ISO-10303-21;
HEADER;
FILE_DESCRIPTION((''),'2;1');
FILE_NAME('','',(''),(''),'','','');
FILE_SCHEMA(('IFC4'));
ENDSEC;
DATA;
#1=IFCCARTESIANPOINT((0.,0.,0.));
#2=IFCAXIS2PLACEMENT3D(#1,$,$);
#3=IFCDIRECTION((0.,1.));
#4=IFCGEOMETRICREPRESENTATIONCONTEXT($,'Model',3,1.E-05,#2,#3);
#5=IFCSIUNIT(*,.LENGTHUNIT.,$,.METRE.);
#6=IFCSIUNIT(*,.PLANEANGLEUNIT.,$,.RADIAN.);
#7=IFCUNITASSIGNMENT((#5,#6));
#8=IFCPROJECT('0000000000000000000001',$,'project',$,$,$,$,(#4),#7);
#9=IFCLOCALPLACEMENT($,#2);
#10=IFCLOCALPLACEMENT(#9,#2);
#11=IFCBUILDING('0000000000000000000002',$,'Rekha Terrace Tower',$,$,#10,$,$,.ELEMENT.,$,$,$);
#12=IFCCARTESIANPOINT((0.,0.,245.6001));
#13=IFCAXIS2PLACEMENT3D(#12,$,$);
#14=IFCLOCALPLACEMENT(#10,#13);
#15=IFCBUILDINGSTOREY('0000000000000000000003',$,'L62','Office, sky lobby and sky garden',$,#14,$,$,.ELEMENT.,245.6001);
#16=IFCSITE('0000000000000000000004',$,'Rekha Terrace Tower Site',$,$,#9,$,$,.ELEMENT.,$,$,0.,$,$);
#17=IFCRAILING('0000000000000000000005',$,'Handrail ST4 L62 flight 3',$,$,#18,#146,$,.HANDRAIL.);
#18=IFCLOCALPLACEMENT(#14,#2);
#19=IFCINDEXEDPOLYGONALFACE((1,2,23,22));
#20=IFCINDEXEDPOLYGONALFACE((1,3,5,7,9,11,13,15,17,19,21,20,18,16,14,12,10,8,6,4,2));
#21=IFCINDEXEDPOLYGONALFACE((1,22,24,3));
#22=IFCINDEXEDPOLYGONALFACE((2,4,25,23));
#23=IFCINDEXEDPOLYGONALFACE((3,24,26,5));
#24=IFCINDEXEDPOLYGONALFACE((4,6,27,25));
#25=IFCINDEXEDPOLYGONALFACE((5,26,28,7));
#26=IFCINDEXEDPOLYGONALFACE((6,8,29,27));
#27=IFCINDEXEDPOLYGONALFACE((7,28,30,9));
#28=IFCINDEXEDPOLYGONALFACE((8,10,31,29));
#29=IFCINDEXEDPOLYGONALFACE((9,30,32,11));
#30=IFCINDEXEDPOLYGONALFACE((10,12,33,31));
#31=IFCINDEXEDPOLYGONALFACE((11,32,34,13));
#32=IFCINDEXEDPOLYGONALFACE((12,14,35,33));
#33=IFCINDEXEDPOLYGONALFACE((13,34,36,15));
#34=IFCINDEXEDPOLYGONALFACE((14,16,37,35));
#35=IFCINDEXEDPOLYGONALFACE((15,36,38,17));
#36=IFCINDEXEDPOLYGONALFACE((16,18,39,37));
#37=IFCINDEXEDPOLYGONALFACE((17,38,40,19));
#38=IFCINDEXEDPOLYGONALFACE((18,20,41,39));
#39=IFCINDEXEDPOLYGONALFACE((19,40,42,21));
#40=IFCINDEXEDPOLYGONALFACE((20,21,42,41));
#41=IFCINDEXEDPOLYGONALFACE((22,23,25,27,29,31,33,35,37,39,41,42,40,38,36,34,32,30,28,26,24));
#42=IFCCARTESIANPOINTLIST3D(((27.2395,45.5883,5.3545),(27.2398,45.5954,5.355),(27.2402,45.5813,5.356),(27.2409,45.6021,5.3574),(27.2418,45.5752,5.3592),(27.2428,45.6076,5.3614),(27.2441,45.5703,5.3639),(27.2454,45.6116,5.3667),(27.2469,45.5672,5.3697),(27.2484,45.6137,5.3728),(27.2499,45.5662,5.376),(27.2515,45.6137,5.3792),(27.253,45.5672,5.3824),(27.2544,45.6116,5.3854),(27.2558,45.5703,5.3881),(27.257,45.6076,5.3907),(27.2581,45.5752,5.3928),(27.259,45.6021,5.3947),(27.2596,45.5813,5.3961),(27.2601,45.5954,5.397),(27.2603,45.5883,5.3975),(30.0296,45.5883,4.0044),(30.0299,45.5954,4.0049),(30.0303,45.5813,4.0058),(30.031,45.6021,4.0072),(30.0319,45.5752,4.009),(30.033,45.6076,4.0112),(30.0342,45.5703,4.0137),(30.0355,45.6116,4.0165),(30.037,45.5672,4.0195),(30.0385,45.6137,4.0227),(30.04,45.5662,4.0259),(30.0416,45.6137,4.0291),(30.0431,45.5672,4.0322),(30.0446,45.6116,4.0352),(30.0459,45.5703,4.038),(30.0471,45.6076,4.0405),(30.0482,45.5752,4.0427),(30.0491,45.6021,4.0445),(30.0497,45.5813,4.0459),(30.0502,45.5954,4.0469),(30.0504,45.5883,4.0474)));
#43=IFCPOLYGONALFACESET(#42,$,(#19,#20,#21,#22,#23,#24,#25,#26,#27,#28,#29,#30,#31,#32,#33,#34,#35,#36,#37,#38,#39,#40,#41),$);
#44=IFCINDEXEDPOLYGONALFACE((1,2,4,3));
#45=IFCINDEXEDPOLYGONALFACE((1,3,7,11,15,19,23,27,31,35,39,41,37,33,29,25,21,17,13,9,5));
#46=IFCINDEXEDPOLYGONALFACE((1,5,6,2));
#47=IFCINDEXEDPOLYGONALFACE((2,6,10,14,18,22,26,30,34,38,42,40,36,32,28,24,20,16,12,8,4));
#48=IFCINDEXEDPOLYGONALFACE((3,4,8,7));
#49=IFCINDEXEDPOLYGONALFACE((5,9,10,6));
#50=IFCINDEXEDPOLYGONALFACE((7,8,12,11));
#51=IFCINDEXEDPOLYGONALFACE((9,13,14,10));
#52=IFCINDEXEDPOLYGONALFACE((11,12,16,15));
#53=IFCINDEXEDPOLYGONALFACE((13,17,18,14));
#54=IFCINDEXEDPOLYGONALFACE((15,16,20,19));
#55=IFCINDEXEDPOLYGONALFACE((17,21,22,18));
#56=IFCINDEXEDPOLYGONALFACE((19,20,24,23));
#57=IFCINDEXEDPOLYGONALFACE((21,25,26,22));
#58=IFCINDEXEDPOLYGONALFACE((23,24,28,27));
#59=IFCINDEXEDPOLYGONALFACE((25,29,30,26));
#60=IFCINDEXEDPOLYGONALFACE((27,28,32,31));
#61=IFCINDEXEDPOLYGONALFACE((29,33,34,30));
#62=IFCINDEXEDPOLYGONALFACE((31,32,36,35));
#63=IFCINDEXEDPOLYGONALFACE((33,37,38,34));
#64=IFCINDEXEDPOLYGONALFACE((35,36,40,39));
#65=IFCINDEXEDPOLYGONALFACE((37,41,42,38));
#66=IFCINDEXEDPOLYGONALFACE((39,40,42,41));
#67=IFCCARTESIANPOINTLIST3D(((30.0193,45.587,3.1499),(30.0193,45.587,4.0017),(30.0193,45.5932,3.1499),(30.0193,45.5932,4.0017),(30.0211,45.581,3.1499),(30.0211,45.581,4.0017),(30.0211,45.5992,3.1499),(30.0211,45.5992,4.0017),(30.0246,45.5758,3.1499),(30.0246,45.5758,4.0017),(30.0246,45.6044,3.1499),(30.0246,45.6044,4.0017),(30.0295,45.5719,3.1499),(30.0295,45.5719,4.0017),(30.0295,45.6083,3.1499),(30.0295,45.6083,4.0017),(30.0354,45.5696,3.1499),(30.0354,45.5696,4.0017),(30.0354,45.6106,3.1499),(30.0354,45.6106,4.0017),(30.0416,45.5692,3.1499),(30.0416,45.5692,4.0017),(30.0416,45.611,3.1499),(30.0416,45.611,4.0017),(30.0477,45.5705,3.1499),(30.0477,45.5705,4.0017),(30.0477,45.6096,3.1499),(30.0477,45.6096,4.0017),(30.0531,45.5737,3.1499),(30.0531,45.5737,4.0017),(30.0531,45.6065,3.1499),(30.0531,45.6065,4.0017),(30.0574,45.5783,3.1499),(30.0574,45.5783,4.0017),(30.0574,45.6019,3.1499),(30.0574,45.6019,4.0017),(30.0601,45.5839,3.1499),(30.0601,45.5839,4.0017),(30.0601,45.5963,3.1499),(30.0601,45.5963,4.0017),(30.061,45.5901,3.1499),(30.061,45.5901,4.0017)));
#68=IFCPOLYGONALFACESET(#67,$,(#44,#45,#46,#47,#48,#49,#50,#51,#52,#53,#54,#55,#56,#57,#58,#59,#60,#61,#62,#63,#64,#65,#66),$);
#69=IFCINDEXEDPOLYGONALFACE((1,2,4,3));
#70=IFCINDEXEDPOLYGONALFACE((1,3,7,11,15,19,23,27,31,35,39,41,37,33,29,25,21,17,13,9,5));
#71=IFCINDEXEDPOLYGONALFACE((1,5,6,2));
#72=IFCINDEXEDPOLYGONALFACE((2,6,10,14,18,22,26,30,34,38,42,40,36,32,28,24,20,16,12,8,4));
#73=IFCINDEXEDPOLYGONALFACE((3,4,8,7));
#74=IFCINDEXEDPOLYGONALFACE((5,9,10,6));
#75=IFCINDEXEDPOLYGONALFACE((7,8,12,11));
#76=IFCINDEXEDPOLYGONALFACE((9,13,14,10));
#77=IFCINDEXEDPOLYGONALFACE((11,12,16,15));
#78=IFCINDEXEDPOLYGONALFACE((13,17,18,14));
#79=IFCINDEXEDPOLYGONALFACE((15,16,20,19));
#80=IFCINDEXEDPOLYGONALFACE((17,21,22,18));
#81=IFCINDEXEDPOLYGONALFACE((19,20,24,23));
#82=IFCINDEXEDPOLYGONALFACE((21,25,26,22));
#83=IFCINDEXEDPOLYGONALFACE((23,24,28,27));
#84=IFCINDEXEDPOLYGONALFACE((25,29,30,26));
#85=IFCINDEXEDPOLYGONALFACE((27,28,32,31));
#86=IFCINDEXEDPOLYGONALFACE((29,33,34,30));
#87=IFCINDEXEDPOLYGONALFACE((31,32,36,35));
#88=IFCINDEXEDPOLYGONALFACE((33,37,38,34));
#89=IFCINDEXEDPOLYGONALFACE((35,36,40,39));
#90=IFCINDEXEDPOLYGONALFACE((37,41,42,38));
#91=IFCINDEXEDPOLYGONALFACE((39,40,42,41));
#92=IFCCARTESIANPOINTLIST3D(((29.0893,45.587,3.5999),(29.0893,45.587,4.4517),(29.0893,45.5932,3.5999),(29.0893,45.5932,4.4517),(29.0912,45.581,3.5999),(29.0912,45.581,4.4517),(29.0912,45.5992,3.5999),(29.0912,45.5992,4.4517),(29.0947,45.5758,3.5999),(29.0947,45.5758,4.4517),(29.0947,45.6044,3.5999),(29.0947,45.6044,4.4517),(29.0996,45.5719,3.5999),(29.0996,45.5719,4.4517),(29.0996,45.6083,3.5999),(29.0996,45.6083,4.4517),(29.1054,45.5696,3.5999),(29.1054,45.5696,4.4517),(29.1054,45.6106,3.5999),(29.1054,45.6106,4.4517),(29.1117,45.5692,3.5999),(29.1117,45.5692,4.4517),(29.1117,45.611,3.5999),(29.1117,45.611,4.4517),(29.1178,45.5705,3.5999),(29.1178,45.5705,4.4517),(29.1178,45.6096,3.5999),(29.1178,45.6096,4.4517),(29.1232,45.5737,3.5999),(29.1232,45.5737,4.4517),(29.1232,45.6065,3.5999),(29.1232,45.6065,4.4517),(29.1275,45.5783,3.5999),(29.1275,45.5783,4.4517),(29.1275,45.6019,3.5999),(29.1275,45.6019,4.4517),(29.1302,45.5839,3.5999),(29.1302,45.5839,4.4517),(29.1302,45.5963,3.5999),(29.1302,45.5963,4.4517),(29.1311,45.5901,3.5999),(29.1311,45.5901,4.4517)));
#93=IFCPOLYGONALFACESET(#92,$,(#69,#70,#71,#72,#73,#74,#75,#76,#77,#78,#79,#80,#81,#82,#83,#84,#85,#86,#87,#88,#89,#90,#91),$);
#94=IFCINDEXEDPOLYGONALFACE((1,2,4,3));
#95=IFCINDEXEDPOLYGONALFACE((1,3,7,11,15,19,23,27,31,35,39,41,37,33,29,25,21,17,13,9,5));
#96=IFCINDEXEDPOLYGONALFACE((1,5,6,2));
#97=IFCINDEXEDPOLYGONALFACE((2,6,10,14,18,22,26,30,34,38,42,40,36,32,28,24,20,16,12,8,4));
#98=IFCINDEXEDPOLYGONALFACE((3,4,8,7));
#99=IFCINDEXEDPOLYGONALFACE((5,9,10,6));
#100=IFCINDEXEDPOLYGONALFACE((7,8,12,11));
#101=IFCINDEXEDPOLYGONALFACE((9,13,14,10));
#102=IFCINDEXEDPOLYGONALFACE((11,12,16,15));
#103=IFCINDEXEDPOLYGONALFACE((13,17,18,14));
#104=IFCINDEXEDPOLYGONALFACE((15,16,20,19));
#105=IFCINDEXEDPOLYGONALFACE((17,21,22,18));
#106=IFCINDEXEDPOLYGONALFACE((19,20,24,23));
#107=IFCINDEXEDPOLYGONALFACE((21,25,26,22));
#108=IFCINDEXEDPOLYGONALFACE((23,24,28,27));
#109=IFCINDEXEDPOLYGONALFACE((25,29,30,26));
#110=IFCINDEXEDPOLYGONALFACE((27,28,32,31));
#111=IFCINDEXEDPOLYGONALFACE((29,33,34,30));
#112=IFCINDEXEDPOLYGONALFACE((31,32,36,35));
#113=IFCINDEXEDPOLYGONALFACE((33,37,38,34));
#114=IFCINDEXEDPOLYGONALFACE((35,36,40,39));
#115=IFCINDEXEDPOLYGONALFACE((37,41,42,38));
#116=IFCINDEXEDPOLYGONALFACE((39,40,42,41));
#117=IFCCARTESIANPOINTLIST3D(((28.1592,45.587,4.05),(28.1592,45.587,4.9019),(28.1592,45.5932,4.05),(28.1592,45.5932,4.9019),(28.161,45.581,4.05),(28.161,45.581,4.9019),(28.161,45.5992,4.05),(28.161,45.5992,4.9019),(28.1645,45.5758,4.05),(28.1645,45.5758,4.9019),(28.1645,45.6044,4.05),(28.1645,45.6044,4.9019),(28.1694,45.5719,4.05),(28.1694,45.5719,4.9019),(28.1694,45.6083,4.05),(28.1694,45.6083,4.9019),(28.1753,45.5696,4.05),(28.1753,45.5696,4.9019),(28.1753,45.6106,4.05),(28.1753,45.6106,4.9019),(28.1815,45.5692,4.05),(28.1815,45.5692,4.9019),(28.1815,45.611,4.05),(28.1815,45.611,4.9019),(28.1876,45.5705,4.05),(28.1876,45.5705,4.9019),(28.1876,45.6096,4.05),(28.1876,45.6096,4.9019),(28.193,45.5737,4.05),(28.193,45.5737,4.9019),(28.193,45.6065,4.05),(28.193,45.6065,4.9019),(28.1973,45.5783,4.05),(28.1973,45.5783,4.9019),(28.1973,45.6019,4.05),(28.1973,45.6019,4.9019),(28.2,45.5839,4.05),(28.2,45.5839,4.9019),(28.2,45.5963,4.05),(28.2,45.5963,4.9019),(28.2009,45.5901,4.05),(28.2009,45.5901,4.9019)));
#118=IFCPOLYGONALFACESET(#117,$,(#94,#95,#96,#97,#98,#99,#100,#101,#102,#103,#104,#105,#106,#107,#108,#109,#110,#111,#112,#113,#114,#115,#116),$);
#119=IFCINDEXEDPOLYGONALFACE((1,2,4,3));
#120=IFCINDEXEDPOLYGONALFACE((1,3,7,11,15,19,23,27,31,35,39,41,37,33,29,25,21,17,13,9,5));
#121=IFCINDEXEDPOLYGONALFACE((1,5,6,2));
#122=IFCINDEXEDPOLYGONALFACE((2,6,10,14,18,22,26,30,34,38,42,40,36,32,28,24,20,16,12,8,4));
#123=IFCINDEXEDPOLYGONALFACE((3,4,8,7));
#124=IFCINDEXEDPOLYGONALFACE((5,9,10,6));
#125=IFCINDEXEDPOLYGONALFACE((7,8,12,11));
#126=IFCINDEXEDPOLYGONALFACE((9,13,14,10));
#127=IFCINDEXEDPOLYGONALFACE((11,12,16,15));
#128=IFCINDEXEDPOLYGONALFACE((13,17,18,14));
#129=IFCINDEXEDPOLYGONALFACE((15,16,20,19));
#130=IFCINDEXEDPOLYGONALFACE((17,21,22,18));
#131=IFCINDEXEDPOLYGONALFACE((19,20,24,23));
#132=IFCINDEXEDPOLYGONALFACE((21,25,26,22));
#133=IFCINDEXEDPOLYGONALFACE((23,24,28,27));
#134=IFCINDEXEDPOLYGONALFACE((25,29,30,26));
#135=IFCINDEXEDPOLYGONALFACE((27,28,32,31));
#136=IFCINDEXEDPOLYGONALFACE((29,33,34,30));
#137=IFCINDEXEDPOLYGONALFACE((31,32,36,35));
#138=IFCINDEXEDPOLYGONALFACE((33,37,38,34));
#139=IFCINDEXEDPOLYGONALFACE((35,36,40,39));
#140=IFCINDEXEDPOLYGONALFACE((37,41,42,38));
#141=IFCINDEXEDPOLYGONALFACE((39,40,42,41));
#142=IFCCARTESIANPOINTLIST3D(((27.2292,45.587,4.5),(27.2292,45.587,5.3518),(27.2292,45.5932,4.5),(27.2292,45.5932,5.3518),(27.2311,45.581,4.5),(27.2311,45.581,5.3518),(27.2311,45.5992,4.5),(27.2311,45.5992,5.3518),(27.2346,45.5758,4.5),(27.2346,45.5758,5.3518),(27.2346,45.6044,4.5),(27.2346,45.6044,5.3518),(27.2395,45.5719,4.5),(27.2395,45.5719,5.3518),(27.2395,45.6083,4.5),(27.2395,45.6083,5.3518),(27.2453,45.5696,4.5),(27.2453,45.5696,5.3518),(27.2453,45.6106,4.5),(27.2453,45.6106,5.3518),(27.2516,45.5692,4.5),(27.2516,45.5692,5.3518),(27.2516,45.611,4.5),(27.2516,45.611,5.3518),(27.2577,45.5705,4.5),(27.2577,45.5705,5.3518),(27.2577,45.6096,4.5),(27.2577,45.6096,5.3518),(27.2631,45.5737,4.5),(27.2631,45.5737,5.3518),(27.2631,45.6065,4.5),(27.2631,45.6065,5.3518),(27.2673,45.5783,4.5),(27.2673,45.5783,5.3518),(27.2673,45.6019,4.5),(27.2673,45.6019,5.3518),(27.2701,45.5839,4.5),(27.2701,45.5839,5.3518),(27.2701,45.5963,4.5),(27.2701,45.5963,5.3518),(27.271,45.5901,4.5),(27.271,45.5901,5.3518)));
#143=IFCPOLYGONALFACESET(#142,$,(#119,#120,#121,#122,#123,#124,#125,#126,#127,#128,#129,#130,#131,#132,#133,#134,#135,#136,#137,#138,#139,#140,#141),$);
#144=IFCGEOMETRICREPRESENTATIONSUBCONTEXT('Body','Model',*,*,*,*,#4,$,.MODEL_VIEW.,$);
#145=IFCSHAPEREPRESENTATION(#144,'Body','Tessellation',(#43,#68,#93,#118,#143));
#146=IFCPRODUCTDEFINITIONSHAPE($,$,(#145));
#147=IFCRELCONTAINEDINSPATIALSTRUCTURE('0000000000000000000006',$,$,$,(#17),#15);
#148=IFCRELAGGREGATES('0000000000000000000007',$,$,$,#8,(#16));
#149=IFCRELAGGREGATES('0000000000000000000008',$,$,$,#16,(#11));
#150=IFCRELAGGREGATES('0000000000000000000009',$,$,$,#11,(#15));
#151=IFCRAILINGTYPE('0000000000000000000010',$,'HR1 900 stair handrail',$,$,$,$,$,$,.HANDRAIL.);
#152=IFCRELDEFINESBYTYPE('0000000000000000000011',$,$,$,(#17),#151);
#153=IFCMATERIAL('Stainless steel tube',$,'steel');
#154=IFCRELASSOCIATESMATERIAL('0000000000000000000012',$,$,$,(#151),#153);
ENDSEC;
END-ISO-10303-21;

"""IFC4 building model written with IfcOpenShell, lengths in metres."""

from ifc_helpers import new_model, si_unit, direction, frame, origin, origin_2d, place, context, subcontext, project, spatial, circle, extrude, material, type_object, element, save


model = new_model("IFC4")

# Units and contexts
model_context = context("Model", 3, precision=1e-05, world=origin(), true_north=direction((0.0, 1.0)))
body_context = subcontext(model_context, "Body", "Model", "MODEL_VIEW")
ifc_project = project(units=[si_unit("LENGTHUNIT", "METRE"), si_unit("PLANEANGLEUNIT", "RADIAN")], contexts=[model_context])

# Site, building, storey
site_placement = place(None, origin())
site = spatial("IfcSite", under=ifc_project, at=site_placement, Name="Rekha Terrace Tower Site", CompositionType="ELEMENT", RefElevation=0.0)
building_placement = place(site_placement, origin())
building = spatial("IfcBuilding", under=site, at=building_placement, Name="Rekha Terrace Tower", CompositionType="ELEMENT")
storey_placement = place(building_placement, frame((0.0, 0.0, 245.6001)))
storey = spatial("IfcBuildingStorey", under=building, at=storey_placement, Name="L62", Description="Office, sky lobby and sky garden", CompositionType="ELEMENT", Elevation=245.6001)

# Railing
ifc_material_1 = material(Name="Stainless steel tube", Category="steel")
railing_type_1 = type_object("IfcRailingType", Name="HR1 900 stair handrail", PredefinedType="HANDRAIL", material=ifc_material_1)
railing_1_placement = place(storey_placement, frame((30.04, 45.5901, 3.1499)))
element("IfcRailing", 1, at=railing_1_placement, inside=storey, type_object=railing_type_1, Name="Handrail ST4 L62 flight 3", PredefinedType="HANDRAIL", context=body_context, shape_type="SweptSolid", body=[
    extrude(circle(Radius=0.0239, at=origin_2d()), frame((0.0, 0.0, 0.876), z_axis=(-0.900149, 0.0, 0.435582), x_axis=(0.0, -1.0, 0.0)), (0.0, 0.0, 1.0), 3.0996),
    extrude(circle(Radius=0.021, at=origin_2d()), origin(), (0.0, 0.0, 1.0), 0.8518),
    extrude(circle(Radius=0.021, at=origin_2d()), frame((-0.9299, 0.0, 0.45)), (0.0, 0.0, 1.0), 0.8518),
    extrude(circle(Radius=0.021, at=origin_2d()), frame((-1.8601, 0.0, 0.9001)), (0.0, 0.0, 1.0), 0.8518),
    extrude(circle(Radius=0.021, at=origin_2d()), frame((-2.79, 0.0, 1.3501)), (0.0, 0.0, 1.0), 0.8518),
])

save(model, "model.ifc")
